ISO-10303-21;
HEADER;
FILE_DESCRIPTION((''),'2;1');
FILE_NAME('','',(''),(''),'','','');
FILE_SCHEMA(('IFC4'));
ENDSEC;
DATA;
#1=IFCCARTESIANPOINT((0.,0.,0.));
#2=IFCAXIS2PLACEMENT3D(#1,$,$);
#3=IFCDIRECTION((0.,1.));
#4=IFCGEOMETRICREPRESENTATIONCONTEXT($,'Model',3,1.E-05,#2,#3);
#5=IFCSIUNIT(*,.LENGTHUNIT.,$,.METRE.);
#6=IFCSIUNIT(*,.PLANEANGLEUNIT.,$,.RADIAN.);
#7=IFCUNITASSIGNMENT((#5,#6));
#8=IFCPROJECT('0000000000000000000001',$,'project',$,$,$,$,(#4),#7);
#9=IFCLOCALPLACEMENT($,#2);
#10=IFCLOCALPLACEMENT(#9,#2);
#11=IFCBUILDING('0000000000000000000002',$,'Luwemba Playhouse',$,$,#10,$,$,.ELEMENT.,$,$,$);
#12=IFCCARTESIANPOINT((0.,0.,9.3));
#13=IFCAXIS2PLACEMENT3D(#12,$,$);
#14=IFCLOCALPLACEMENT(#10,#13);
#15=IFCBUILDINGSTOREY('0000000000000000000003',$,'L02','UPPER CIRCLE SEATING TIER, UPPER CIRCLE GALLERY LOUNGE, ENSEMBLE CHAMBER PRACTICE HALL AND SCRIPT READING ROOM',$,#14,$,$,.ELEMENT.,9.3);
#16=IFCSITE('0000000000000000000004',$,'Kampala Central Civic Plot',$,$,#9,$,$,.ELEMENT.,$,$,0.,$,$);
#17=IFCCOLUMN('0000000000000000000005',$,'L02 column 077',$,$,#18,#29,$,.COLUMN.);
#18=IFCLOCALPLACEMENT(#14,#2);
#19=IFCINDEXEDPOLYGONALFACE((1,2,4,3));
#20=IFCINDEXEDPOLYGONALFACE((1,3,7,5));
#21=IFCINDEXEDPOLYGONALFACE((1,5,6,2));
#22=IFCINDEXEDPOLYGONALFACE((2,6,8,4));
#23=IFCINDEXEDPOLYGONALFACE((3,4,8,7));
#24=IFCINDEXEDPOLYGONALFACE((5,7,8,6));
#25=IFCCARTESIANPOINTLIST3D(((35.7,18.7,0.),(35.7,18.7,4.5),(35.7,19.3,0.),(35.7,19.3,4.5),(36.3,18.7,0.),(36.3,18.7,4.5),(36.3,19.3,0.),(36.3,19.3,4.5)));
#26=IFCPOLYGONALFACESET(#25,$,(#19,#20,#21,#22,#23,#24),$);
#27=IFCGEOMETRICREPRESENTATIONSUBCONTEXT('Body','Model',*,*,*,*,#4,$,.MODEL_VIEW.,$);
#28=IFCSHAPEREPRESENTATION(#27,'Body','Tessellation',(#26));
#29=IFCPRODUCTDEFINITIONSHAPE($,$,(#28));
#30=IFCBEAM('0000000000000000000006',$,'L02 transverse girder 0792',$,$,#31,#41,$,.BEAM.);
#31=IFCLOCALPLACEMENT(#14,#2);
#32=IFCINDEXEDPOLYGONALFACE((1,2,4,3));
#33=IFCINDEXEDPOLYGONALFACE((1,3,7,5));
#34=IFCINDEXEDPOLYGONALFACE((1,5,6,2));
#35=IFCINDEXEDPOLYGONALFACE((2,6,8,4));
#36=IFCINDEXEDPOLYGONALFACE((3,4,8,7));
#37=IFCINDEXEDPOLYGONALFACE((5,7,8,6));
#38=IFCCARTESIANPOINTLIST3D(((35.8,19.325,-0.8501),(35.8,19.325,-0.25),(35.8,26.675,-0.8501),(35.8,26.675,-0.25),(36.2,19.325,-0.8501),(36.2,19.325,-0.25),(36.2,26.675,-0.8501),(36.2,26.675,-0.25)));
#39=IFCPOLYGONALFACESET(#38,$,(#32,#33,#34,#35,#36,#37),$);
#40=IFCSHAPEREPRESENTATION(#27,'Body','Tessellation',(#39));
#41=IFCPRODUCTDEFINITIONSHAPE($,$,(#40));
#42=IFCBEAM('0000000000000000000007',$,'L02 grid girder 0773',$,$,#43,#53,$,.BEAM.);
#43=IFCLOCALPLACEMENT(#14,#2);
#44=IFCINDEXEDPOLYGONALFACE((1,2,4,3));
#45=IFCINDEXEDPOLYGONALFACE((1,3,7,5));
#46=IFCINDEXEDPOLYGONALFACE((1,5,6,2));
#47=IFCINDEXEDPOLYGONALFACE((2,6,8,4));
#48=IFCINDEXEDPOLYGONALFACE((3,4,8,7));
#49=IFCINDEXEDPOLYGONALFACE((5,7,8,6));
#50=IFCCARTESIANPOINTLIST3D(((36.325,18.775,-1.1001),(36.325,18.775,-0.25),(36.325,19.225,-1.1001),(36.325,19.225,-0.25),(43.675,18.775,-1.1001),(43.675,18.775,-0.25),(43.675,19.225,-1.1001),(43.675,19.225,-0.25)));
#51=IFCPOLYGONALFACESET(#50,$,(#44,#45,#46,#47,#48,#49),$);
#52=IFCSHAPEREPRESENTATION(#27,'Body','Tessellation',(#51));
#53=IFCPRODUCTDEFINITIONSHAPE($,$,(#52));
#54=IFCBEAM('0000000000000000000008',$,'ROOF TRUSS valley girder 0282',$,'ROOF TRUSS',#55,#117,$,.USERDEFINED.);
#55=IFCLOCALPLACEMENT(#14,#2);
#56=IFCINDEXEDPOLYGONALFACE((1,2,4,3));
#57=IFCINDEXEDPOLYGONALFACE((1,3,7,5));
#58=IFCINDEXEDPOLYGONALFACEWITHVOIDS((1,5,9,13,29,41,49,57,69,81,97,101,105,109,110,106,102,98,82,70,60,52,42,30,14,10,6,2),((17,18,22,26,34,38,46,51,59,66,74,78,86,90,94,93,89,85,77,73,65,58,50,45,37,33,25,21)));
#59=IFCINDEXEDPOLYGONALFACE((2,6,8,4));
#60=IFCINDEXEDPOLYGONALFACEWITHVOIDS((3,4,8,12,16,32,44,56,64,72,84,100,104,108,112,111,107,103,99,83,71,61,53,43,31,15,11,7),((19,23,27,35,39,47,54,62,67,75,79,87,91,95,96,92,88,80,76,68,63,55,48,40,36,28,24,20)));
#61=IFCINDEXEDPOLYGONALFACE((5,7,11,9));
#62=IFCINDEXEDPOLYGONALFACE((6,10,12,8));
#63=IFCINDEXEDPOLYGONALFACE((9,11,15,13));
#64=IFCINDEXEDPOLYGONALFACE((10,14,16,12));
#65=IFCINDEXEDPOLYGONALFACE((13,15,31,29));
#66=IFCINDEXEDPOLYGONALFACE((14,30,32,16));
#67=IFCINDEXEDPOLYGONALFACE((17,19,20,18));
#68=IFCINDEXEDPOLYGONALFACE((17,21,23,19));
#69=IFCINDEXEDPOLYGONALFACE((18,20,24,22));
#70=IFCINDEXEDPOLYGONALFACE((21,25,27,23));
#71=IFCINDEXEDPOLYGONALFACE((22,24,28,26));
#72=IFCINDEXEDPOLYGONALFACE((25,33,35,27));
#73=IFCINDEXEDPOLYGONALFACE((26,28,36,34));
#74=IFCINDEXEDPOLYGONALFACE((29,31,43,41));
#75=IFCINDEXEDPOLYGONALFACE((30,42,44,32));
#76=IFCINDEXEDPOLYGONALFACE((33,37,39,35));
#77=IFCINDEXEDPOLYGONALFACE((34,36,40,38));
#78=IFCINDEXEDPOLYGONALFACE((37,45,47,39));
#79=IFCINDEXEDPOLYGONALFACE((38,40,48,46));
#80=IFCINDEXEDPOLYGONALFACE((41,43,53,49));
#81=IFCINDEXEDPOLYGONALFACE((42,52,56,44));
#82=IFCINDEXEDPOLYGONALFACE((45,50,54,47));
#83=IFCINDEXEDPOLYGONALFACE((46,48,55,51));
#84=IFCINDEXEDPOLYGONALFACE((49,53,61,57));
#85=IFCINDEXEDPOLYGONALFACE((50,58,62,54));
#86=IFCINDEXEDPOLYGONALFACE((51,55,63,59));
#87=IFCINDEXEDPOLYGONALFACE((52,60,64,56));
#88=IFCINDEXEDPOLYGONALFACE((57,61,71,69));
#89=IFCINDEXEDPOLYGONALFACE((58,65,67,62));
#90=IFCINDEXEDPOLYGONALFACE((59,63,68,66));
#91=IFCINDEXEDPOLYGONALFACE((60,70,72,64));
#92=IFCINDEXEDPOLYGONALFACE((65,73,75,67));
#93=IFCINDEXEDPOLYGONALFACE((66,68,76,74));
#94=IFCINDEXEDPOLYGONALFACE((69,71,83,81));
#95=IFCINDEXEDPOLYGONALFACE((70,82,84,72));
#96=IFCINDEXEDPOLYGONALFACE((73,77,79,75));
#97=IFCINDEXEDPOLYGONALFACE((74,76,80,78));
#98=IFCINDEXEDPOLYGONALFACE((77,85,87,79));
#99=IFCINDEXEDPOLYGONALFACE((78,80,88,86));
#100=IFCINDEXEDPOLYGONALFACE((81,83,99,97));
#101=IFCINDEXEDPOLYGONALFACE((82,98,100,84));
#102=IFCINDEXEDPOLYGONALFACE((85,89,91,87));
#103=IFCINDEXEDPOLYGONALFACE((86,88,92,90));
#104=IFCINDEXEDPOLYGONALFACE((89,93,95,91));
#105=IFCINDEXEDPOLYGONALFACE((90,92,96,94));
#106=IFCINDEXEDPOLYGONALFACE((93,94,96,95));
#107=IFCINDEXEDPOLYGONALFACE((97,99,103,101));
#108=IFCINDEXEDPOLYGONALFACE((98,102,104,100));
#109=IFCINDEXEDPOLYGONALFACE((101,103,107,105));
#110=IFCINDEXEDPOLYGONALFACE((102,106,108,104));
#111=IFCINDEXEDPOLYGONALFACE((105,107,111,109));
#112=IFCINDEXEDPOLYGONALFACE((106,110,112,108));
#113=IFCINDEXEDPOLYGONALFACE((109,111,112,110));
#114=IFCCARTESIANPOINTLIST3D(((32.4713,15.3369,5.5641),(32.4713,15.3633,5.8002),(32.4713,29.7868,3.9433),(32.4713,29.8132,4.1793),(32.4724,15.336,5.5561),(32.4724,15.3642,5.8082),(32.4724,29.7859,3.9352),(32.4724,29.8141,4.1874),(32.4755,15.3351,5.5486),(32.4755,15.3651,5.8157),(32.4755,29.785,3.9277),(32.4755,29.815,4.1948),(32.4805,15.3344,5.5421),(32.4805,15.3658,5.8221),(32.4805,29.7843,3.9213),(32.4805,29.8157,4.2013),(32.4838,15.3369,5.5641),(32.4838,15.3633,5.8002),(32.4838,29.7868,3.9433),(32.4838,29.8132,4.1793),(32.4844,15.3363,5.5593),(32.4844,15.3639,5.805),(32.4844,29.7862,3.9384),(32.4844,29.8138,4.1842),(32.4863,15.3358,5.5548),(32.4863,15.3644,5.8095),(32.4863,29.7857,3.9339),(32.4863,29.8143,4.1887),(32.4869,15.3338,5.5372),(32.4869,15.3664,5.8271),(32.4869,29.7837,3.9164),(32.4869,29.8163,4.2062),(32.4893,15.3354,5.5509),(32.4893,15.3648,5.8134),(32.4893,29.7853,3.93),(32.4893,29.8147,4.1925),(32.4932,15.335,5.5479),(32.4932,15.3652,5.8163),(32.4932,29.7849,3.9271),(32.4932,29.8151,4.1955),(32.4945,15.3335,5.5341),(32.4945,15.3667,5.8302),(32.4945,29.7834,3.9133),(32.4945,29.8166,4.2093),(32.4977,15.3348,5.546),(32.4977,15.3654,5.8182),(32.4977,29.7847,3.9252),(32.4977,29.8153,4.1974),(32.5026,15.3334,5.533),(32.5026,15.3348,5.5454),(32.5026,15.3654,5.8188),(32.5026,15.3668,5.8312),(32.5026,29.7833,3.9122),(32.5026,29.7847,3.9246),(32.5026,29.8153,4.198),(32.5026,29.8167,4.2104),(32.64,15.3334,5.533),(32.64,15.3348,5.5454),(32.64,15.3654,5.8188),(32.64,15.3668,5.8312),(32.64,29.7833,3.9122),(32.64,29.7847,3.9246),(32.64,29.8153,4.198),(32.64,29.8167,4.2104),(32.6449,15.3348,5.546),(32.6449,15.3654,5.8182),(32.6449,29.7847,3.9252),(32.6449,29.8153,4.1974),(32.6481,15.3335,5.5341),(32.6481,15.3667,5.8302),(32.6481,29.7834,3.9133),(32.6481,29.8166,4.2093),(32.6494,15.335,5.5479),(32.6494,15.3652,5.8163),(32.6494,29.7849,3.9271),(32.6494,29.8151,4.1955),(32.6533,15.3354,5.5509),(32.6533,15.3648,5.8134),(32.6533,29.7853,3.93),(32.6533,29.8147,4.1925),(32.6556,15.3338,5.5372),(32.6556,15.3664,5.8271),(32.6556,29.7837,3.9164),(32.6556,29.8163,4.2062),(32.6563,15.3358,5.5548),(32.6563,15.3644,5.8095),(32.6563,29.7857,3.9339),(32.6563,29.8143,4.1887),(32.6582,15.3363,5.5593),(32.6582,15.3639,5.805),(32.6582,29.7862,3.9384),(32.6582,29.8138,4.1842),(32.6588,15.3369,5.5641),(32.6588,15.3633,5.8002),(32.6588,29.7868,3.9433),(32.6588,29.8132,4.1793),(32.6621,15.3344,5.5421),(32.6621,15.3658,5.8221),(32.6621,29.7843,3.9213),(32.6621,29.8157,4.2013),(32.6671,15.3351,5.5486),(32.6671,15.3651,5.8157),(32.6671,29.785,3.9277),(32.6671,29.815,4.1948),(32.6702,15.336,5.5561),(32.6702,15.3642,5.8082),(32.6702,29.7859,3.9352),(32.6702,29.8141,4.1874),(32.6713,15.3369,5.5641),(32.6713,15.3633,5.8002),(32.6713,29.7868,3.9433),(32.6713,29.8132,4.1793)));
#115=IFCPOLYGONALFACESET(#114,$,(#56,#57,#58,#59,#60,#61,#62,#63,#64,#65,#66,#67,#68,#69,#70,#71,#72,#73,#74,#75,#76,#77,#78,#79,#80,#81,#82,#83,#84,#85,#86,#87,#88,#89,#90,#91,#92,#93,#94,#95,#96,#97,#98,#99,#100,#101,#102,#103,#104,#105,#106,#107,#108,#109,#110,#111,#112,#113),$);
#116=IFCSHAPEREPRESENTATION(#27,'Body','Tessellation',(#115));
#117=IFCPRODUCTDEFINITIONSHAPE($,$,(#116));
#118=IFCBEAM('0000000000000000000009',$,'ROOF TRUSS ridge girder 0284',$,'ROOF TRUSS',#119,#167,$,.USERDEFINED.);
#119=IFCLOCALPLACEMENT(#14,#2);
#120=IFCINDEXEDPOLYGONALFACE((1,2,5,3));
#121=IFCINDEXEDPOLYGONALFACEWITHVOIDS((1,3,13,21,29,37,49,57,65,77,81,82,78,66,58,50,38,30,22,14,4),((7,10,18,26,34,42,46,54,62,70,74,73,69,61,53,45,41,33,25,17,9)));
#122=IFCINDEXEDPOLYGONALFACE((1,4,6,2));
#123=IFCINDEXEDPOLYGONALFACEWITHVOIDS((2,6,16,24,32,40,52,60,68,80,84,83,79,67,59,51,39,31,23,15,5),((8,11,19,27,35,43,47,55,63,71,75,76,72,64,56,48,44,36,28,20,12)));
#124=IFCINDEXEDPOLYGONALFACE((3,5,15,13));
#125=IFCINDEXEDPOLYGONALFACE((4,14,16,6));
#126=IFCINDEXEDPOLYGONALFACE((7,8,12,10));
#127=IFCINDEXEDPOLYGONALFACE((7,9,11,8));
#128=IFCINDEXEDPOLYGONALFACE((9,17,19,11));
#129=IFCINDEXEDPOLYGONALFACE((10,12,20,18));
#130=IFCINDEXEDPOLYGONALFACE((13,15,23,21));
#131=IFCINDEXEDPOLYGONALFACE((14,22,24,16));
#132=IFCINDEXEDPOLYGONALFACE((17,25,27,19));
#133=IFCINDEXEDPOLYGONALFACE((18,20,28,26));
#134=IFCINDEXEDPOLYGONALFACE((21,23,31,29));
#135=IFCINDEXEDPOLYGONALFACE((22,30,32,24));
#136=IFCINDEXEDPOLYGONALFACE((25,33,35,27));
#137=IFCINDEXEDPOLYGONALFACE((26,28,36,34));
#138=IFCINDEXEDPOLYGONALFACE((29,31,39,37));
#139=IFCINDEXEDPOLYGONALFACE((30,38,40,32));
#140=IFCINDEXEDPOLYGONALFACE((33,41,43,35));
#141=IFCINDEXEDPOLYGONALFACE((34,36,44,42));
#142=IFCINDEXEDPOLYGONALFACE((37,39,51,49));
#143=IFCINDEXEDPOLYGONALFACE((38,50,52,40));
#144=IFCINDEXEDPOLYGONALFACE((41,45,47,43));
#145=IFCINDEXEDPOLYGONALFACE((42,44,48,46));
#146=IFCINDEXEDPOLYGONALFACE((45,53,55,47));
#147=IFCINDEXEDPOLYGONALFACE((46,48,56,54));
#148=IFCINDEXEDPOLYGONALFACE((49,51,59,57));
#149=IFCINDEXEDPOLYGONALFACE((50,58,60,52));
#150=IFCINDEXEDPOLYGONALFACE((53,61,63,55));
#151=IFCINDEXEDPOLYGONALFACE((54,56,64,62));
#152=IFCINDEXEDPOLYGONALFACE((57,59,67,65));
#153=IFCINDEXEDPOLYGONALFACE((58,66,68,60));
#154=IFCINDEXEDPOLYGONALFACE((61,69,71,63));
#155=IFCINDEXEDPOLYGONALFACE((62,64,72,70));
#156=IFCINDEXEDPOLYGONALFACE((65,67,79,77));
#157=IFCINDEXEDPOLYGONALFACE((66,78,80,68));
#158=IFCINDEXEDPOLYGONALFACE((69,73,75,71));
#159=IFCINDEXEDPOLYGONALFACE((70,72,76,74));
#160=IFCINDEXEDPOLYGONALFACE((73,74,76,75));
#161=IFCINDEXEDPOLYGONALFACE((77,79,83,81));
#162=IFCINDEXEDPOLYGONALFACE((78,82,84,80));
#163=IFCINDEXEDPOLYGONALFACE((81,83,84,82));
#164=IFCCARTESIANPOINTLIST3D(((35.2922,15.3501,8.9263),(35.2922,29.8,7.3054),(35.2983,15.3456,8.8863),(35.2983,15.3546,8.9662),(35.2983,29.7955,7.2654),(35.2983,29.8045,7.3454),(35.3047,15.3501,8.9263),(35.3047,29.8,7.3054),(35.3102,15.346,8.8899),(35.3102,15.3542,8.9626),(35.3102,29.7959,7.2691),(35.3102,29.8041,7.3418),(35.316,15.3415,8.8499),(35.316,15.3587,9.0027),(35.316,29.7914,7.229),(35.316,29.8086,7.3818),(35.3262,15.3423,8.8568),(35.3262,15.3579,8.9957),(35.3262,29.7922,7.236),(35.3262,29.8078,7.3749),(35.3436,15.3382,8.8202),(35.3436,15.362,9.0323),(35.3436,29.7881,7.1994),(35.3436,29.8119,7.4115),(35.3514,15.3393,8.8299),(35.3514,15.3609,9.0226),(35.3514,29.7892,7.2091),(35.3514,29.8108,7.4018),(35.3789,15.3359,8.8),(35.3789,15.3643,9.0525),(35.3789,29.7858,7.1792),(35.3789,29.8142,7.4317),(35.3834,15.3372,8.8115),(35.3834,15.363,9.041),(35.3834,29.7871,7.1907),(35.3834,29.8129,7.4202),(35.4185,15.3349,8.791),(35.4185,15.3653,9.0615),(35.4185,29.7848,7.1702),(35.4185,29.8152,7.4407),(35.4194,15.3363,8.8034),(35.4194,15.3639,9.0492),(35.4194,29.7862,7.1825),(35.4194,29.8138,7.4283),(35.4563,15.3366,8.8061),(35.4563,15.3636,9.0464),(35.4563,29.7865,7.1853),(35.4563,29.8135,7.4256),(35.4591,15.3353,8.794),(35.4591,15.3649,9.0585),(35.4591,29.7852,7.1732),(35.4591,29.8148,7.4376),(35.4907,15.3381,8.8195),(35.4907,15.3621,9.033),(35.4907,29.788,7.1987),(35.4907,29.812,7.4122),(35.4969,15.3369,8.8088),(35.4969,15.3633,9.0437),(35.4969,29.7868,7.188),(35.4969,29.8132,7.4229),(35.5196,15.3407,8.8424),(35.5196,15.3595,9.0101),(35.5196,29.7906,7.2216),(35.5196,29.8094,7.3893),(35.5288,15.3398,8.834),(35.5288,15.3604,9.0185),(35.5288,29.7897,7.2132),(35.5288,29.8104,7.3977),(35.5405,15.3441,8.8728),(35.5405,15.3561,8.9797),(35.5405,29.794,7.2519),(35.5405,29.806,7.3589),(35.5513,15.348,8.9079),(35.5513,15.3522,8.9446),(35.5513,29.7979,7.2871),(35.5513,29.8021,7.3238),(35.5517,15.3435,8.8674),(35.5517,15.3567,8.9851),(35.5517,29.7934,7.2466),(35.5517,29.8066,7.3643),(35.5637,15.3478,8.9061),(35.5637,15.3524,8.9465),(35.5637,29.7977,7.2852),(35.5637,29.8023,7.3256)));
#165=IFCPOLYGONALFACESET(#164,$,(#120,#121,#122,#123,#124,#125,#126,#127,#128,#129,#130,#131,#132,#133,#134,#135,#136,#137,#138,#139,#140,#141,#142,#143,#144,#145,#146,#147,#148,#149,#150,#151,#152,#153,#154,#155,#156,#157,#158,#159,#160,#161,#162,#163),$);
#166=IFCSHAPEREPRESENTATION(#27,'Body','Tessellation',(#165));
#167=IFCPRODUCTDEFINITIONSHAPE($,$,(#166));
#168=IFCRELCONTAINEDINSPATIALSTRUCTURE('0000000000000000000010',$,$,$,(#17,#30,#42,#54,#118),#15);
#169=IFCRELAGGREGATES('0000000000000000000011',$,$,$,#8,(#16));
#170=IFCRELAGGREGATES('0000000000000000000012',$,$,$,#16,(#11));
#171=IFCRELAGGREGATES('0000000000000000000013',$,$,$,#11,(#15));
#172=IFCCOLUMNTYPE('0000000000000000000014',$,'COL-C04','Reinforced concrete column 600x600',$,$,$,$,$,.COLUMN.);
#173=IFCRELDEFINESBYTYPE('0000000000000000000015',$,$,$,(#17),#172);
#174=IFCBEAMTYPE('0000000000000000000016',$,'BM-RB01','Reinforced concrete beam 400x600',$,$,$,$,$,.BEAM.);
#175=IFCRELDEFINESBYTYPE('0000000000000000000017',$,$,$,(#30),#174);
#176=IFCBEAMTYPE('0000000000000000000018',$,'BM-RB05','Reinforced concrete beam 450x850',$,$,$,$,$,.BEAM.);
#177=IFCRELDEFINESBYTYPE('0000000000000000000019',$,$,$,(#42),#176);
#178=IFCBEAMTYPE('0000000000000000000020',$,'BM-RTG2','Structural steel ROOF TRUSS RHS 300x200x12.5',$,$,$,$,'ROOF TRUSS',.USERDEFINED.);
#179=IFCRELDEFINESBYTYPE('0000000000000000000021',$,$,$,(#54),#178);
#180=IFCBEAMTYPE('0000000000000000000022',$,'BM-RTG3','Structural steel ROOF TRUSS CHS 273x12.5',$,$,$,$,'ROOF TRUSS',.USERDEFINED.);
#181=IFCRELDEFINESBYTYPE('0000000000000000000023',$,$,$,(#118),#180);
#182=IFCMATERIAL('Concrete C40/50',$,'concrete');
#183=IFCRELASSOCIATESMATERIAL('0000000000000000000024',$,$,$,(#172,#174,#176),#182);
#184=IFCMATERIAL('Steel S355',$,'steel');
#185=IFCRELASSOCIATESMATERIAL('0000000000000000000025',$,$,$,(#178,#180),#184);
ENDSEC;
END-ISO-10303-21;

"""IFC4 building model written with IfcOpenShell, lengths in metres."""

from ifc_helpers import new_model, si_unit, direction, frame, origin, origin_2d, place, context, subcontext, project, spatial, rectangle, hollow_rectangle, hollow_circle, extrude, material, material_profile, profile_set, type_object, element, save


model = new_model("IFC4")

# Units and contexts
model_context = context("Model", 3, precision=1e-05, world=origin(), true_north=direction((0.0, 1.0)))
body_context = subcontext(model_context, "Body", "Model", "MODEL_VIEW")
ifc_project = project(units=[si_unit("LENGTHUNIT", "METRE"), si_unit("PLANEANGLEUNIT", "RADIAN")], contexts=[model_context])

# Site, building, storey
site_placement = place(None, origin())
site = spatial("IfcSite", under=ifc_project, at=site_placement, Name="Kampala Central Civic Plot", CompositionType="ELEMENT", RefElevation=0.0)
building_placement = place(site_placement, origin())
building = spatial("IfcBuilding", under=site, at=building_placement, Name="Luwemba Playhouse", CompositionType="ELEMENT")
storey_placement = place(building_placement, frame((0.0, 0.0, 9.3)))
storey = spatial("IfcBuildingStorey", under=building, at=storey_placement, Name="L02", Description="UPPER CIRCLE SEATING TIER, UPPER CIRCLE GALLERY LOUNGE, ENSEMBLE CHAMBER PRACTICE HALL AND SCRIPT READING ROOM", CompositionType="ELEMENT", Elevation=9.3)

# Column
ifc_material_1 = material(Name="Concrete C40/50", Category="concrete")
ifc_material_profile_1 = material_profile(ifc_material_1, rectangle(XDim=0.6001, YDim=0.6001, at=origin_2d()))
ifc_profile_set_1 = profile_set([ifc_material_profile_1], Name="Concrete C40/50")
column_type = type_object("IfcColumnType", Name="COL-C04", Description="Reinforced concrete column 600x600", PredefinedType="COLUMN", material=ifc_profile_set_1)
column_placement = place(storey_placement, frame((36.0, 19.0, 0.0), z_axis=(0.0, 0.0, 1.0), x_axis=(1.0, 0.0, 0.0)))
element("IfcColumn", 1, at=column_placement, inside=storey, type_object=column_type, Name="L02 column 077", PredefinedType="COLUMN", context=body_context, shape_type="SweptSolid", body=[
    extrude(rectangle(XDim=0.6001, YDim=0.6001, at=origin_2d()), origin(), (0.0, 0.0, 1.0), 4.5),
])

# Beams
ifc_material_profile_2 = material_profile(ifc_material_1, rectangle(XDim=0.3999, YDim=0.6001, at=origin_2d()))
ifc_profile_set_2 = profile_set([ifc_material_profile_2], Name="Concrete C40/50")
beam_type_1 = type_object("IfcBeamType", Name="BM-RB01", Description="Reinforced concrete beam 400x600", PredefinedType="BEAM", material=ifc_profile_set_2)
beam_1_placement = place(storey_placement, frame((36.0, 19.325, -0.55), z_axis=(0.0, 1.0, 0.0), x_axis=(-1.0, 0.0, 0.0)))
element("IfcBeam", 2, at=beam_1_placement, inside=storey, type_object=beam_type_1, Name="L02 transverse girder 0792", PredefinedType="BEAM", context=body_context, shape_type="SweptSolid", body=[
    extrude(rectangle(XDim=0.3999, YDim=0.6001, at=origin_2d()), origin(), (0.0, 0.0, 1.0), 7.3501),
])
ifc_material_profile_3 = material_profile(ifc_material_1, rectangle(XDim=0.45, YDim=0.8501, at=origin_2d()))
ifc_profile_set_3 = profile_set([ifc_material_profile_3], Name="Concrete C40/50")
beam_type_2 = type_object("IfcBeamType", Name="BM-RB05", Description="Reinforced concrete beam 450x850", PredefinedType="BEAM", material=ifc_profile_set_3)
beam_2_placement = place(storey_placement, frame((36.325, 19.0, -0.675), z_axis=(1.0, 0.0, 0.0), x_axis=(0.0, 1.0, 0.0)))
element("IfcBeam", 3, at=beam_2_placement, inside=storey, type_object=beam_type_2, Name="L02 grid girder 0773", PredefinedType="BEAM", context=body_context, shape_type="SweptSolid", body=[
    extrude(rectangle(XDim=0.45, YDim=0.8501, at=origin_2d()), origin(), (0.0, 0.0, 1.0), 7.3501),
])
ifc_material_2 = material(Name="Steel S355", Category="steel")
ifc_material_profile_4 = material_profile(ifc_material_2, hollow_rectangle(XDim=0.2, YDim=0.3, WallThickness=0.0125, InnerFilletRadius=0.0188, OuterFilletRadius=0.0312, at=origin_2d()))
ifc_profile_set_4 = profile_set([ifc_material_profile_4], Name="Steel S355")
beam_type_3 = type_object("IfcBeamType", Name="BM-RTG2", Description="Structural steel ROOF TRUSS RHS 300x200x12.5", ElementType="ROOF TRUSS", PredefinedType="USERDEFINED", material=ifc_profile_set_4)
beam_3_placement = place(storey_placement, frame((32.5713, 15.3501, 5.6821), z_axis=(0.0, 0.993768, -0.111471), x_axis=(-1.0, 0.0, 0.0)))
element("IfcBeam", 4, at=beam_3_placement, inside=storey, type_object=beam_type_3, Name="ROOF TRUSS valley girder 0282", ObjectType="ROOF TRUSS", PredefinedType="USERDEFINED", context=body_context, shape_type="SweptSolid", body=[
    extrude(hollow_rectangle(XDim=0.2, YDim=0.3, WallThickness=0.0125, InnerFilletRadius=0.0188, OuterFilletRadius=0.0312, at=origin_2d()), origin(), (0.0, 0.0, 1.0), 14.5405),
])
ifc_material_profile_5 = material_profile(ifc_material_2, hollow_circle(Radius=0.1365, WallThickness=0.0125, at=origin_2d()))
ifc_profile_set_5 = profile_set([ifc_material_profile_5], Name="Steel S355")
beam_type_4 = type_object("IfcBeamType", Name="BM-RTG3", Description="Structural steel ROOF TRUSS CHS 273x12.5", ElementType="ROOF TRUSS", PredefinedType="USERDEFINED", material=ifc_profile_set_5)
beam_4_placement = place(storey_placement, frame((35.4287, 15.3501, 8.9263), z_axis=(0.0, 0.993768, -0.111471), x_axis=(-1.0, 0.0, 0.0)))
element("IfcBeam", 5, at=beam_4_placement, inside=storey, type_object=beam_type_4, Name="ROOF TRUSS ridge girder 0284", ObjectType="ROOF TRUSS", PredefinedType="USERDEFINED", context=body_context, shape_type="SweptSolid", body=[
    extrude(hollow_circle(Radius=0.1365, WallThickness=0.0125, at=origin_2d()), origin(), (0.0, 0.0, 1.0), 14.5405),
])

save(model, "model.ifc")
